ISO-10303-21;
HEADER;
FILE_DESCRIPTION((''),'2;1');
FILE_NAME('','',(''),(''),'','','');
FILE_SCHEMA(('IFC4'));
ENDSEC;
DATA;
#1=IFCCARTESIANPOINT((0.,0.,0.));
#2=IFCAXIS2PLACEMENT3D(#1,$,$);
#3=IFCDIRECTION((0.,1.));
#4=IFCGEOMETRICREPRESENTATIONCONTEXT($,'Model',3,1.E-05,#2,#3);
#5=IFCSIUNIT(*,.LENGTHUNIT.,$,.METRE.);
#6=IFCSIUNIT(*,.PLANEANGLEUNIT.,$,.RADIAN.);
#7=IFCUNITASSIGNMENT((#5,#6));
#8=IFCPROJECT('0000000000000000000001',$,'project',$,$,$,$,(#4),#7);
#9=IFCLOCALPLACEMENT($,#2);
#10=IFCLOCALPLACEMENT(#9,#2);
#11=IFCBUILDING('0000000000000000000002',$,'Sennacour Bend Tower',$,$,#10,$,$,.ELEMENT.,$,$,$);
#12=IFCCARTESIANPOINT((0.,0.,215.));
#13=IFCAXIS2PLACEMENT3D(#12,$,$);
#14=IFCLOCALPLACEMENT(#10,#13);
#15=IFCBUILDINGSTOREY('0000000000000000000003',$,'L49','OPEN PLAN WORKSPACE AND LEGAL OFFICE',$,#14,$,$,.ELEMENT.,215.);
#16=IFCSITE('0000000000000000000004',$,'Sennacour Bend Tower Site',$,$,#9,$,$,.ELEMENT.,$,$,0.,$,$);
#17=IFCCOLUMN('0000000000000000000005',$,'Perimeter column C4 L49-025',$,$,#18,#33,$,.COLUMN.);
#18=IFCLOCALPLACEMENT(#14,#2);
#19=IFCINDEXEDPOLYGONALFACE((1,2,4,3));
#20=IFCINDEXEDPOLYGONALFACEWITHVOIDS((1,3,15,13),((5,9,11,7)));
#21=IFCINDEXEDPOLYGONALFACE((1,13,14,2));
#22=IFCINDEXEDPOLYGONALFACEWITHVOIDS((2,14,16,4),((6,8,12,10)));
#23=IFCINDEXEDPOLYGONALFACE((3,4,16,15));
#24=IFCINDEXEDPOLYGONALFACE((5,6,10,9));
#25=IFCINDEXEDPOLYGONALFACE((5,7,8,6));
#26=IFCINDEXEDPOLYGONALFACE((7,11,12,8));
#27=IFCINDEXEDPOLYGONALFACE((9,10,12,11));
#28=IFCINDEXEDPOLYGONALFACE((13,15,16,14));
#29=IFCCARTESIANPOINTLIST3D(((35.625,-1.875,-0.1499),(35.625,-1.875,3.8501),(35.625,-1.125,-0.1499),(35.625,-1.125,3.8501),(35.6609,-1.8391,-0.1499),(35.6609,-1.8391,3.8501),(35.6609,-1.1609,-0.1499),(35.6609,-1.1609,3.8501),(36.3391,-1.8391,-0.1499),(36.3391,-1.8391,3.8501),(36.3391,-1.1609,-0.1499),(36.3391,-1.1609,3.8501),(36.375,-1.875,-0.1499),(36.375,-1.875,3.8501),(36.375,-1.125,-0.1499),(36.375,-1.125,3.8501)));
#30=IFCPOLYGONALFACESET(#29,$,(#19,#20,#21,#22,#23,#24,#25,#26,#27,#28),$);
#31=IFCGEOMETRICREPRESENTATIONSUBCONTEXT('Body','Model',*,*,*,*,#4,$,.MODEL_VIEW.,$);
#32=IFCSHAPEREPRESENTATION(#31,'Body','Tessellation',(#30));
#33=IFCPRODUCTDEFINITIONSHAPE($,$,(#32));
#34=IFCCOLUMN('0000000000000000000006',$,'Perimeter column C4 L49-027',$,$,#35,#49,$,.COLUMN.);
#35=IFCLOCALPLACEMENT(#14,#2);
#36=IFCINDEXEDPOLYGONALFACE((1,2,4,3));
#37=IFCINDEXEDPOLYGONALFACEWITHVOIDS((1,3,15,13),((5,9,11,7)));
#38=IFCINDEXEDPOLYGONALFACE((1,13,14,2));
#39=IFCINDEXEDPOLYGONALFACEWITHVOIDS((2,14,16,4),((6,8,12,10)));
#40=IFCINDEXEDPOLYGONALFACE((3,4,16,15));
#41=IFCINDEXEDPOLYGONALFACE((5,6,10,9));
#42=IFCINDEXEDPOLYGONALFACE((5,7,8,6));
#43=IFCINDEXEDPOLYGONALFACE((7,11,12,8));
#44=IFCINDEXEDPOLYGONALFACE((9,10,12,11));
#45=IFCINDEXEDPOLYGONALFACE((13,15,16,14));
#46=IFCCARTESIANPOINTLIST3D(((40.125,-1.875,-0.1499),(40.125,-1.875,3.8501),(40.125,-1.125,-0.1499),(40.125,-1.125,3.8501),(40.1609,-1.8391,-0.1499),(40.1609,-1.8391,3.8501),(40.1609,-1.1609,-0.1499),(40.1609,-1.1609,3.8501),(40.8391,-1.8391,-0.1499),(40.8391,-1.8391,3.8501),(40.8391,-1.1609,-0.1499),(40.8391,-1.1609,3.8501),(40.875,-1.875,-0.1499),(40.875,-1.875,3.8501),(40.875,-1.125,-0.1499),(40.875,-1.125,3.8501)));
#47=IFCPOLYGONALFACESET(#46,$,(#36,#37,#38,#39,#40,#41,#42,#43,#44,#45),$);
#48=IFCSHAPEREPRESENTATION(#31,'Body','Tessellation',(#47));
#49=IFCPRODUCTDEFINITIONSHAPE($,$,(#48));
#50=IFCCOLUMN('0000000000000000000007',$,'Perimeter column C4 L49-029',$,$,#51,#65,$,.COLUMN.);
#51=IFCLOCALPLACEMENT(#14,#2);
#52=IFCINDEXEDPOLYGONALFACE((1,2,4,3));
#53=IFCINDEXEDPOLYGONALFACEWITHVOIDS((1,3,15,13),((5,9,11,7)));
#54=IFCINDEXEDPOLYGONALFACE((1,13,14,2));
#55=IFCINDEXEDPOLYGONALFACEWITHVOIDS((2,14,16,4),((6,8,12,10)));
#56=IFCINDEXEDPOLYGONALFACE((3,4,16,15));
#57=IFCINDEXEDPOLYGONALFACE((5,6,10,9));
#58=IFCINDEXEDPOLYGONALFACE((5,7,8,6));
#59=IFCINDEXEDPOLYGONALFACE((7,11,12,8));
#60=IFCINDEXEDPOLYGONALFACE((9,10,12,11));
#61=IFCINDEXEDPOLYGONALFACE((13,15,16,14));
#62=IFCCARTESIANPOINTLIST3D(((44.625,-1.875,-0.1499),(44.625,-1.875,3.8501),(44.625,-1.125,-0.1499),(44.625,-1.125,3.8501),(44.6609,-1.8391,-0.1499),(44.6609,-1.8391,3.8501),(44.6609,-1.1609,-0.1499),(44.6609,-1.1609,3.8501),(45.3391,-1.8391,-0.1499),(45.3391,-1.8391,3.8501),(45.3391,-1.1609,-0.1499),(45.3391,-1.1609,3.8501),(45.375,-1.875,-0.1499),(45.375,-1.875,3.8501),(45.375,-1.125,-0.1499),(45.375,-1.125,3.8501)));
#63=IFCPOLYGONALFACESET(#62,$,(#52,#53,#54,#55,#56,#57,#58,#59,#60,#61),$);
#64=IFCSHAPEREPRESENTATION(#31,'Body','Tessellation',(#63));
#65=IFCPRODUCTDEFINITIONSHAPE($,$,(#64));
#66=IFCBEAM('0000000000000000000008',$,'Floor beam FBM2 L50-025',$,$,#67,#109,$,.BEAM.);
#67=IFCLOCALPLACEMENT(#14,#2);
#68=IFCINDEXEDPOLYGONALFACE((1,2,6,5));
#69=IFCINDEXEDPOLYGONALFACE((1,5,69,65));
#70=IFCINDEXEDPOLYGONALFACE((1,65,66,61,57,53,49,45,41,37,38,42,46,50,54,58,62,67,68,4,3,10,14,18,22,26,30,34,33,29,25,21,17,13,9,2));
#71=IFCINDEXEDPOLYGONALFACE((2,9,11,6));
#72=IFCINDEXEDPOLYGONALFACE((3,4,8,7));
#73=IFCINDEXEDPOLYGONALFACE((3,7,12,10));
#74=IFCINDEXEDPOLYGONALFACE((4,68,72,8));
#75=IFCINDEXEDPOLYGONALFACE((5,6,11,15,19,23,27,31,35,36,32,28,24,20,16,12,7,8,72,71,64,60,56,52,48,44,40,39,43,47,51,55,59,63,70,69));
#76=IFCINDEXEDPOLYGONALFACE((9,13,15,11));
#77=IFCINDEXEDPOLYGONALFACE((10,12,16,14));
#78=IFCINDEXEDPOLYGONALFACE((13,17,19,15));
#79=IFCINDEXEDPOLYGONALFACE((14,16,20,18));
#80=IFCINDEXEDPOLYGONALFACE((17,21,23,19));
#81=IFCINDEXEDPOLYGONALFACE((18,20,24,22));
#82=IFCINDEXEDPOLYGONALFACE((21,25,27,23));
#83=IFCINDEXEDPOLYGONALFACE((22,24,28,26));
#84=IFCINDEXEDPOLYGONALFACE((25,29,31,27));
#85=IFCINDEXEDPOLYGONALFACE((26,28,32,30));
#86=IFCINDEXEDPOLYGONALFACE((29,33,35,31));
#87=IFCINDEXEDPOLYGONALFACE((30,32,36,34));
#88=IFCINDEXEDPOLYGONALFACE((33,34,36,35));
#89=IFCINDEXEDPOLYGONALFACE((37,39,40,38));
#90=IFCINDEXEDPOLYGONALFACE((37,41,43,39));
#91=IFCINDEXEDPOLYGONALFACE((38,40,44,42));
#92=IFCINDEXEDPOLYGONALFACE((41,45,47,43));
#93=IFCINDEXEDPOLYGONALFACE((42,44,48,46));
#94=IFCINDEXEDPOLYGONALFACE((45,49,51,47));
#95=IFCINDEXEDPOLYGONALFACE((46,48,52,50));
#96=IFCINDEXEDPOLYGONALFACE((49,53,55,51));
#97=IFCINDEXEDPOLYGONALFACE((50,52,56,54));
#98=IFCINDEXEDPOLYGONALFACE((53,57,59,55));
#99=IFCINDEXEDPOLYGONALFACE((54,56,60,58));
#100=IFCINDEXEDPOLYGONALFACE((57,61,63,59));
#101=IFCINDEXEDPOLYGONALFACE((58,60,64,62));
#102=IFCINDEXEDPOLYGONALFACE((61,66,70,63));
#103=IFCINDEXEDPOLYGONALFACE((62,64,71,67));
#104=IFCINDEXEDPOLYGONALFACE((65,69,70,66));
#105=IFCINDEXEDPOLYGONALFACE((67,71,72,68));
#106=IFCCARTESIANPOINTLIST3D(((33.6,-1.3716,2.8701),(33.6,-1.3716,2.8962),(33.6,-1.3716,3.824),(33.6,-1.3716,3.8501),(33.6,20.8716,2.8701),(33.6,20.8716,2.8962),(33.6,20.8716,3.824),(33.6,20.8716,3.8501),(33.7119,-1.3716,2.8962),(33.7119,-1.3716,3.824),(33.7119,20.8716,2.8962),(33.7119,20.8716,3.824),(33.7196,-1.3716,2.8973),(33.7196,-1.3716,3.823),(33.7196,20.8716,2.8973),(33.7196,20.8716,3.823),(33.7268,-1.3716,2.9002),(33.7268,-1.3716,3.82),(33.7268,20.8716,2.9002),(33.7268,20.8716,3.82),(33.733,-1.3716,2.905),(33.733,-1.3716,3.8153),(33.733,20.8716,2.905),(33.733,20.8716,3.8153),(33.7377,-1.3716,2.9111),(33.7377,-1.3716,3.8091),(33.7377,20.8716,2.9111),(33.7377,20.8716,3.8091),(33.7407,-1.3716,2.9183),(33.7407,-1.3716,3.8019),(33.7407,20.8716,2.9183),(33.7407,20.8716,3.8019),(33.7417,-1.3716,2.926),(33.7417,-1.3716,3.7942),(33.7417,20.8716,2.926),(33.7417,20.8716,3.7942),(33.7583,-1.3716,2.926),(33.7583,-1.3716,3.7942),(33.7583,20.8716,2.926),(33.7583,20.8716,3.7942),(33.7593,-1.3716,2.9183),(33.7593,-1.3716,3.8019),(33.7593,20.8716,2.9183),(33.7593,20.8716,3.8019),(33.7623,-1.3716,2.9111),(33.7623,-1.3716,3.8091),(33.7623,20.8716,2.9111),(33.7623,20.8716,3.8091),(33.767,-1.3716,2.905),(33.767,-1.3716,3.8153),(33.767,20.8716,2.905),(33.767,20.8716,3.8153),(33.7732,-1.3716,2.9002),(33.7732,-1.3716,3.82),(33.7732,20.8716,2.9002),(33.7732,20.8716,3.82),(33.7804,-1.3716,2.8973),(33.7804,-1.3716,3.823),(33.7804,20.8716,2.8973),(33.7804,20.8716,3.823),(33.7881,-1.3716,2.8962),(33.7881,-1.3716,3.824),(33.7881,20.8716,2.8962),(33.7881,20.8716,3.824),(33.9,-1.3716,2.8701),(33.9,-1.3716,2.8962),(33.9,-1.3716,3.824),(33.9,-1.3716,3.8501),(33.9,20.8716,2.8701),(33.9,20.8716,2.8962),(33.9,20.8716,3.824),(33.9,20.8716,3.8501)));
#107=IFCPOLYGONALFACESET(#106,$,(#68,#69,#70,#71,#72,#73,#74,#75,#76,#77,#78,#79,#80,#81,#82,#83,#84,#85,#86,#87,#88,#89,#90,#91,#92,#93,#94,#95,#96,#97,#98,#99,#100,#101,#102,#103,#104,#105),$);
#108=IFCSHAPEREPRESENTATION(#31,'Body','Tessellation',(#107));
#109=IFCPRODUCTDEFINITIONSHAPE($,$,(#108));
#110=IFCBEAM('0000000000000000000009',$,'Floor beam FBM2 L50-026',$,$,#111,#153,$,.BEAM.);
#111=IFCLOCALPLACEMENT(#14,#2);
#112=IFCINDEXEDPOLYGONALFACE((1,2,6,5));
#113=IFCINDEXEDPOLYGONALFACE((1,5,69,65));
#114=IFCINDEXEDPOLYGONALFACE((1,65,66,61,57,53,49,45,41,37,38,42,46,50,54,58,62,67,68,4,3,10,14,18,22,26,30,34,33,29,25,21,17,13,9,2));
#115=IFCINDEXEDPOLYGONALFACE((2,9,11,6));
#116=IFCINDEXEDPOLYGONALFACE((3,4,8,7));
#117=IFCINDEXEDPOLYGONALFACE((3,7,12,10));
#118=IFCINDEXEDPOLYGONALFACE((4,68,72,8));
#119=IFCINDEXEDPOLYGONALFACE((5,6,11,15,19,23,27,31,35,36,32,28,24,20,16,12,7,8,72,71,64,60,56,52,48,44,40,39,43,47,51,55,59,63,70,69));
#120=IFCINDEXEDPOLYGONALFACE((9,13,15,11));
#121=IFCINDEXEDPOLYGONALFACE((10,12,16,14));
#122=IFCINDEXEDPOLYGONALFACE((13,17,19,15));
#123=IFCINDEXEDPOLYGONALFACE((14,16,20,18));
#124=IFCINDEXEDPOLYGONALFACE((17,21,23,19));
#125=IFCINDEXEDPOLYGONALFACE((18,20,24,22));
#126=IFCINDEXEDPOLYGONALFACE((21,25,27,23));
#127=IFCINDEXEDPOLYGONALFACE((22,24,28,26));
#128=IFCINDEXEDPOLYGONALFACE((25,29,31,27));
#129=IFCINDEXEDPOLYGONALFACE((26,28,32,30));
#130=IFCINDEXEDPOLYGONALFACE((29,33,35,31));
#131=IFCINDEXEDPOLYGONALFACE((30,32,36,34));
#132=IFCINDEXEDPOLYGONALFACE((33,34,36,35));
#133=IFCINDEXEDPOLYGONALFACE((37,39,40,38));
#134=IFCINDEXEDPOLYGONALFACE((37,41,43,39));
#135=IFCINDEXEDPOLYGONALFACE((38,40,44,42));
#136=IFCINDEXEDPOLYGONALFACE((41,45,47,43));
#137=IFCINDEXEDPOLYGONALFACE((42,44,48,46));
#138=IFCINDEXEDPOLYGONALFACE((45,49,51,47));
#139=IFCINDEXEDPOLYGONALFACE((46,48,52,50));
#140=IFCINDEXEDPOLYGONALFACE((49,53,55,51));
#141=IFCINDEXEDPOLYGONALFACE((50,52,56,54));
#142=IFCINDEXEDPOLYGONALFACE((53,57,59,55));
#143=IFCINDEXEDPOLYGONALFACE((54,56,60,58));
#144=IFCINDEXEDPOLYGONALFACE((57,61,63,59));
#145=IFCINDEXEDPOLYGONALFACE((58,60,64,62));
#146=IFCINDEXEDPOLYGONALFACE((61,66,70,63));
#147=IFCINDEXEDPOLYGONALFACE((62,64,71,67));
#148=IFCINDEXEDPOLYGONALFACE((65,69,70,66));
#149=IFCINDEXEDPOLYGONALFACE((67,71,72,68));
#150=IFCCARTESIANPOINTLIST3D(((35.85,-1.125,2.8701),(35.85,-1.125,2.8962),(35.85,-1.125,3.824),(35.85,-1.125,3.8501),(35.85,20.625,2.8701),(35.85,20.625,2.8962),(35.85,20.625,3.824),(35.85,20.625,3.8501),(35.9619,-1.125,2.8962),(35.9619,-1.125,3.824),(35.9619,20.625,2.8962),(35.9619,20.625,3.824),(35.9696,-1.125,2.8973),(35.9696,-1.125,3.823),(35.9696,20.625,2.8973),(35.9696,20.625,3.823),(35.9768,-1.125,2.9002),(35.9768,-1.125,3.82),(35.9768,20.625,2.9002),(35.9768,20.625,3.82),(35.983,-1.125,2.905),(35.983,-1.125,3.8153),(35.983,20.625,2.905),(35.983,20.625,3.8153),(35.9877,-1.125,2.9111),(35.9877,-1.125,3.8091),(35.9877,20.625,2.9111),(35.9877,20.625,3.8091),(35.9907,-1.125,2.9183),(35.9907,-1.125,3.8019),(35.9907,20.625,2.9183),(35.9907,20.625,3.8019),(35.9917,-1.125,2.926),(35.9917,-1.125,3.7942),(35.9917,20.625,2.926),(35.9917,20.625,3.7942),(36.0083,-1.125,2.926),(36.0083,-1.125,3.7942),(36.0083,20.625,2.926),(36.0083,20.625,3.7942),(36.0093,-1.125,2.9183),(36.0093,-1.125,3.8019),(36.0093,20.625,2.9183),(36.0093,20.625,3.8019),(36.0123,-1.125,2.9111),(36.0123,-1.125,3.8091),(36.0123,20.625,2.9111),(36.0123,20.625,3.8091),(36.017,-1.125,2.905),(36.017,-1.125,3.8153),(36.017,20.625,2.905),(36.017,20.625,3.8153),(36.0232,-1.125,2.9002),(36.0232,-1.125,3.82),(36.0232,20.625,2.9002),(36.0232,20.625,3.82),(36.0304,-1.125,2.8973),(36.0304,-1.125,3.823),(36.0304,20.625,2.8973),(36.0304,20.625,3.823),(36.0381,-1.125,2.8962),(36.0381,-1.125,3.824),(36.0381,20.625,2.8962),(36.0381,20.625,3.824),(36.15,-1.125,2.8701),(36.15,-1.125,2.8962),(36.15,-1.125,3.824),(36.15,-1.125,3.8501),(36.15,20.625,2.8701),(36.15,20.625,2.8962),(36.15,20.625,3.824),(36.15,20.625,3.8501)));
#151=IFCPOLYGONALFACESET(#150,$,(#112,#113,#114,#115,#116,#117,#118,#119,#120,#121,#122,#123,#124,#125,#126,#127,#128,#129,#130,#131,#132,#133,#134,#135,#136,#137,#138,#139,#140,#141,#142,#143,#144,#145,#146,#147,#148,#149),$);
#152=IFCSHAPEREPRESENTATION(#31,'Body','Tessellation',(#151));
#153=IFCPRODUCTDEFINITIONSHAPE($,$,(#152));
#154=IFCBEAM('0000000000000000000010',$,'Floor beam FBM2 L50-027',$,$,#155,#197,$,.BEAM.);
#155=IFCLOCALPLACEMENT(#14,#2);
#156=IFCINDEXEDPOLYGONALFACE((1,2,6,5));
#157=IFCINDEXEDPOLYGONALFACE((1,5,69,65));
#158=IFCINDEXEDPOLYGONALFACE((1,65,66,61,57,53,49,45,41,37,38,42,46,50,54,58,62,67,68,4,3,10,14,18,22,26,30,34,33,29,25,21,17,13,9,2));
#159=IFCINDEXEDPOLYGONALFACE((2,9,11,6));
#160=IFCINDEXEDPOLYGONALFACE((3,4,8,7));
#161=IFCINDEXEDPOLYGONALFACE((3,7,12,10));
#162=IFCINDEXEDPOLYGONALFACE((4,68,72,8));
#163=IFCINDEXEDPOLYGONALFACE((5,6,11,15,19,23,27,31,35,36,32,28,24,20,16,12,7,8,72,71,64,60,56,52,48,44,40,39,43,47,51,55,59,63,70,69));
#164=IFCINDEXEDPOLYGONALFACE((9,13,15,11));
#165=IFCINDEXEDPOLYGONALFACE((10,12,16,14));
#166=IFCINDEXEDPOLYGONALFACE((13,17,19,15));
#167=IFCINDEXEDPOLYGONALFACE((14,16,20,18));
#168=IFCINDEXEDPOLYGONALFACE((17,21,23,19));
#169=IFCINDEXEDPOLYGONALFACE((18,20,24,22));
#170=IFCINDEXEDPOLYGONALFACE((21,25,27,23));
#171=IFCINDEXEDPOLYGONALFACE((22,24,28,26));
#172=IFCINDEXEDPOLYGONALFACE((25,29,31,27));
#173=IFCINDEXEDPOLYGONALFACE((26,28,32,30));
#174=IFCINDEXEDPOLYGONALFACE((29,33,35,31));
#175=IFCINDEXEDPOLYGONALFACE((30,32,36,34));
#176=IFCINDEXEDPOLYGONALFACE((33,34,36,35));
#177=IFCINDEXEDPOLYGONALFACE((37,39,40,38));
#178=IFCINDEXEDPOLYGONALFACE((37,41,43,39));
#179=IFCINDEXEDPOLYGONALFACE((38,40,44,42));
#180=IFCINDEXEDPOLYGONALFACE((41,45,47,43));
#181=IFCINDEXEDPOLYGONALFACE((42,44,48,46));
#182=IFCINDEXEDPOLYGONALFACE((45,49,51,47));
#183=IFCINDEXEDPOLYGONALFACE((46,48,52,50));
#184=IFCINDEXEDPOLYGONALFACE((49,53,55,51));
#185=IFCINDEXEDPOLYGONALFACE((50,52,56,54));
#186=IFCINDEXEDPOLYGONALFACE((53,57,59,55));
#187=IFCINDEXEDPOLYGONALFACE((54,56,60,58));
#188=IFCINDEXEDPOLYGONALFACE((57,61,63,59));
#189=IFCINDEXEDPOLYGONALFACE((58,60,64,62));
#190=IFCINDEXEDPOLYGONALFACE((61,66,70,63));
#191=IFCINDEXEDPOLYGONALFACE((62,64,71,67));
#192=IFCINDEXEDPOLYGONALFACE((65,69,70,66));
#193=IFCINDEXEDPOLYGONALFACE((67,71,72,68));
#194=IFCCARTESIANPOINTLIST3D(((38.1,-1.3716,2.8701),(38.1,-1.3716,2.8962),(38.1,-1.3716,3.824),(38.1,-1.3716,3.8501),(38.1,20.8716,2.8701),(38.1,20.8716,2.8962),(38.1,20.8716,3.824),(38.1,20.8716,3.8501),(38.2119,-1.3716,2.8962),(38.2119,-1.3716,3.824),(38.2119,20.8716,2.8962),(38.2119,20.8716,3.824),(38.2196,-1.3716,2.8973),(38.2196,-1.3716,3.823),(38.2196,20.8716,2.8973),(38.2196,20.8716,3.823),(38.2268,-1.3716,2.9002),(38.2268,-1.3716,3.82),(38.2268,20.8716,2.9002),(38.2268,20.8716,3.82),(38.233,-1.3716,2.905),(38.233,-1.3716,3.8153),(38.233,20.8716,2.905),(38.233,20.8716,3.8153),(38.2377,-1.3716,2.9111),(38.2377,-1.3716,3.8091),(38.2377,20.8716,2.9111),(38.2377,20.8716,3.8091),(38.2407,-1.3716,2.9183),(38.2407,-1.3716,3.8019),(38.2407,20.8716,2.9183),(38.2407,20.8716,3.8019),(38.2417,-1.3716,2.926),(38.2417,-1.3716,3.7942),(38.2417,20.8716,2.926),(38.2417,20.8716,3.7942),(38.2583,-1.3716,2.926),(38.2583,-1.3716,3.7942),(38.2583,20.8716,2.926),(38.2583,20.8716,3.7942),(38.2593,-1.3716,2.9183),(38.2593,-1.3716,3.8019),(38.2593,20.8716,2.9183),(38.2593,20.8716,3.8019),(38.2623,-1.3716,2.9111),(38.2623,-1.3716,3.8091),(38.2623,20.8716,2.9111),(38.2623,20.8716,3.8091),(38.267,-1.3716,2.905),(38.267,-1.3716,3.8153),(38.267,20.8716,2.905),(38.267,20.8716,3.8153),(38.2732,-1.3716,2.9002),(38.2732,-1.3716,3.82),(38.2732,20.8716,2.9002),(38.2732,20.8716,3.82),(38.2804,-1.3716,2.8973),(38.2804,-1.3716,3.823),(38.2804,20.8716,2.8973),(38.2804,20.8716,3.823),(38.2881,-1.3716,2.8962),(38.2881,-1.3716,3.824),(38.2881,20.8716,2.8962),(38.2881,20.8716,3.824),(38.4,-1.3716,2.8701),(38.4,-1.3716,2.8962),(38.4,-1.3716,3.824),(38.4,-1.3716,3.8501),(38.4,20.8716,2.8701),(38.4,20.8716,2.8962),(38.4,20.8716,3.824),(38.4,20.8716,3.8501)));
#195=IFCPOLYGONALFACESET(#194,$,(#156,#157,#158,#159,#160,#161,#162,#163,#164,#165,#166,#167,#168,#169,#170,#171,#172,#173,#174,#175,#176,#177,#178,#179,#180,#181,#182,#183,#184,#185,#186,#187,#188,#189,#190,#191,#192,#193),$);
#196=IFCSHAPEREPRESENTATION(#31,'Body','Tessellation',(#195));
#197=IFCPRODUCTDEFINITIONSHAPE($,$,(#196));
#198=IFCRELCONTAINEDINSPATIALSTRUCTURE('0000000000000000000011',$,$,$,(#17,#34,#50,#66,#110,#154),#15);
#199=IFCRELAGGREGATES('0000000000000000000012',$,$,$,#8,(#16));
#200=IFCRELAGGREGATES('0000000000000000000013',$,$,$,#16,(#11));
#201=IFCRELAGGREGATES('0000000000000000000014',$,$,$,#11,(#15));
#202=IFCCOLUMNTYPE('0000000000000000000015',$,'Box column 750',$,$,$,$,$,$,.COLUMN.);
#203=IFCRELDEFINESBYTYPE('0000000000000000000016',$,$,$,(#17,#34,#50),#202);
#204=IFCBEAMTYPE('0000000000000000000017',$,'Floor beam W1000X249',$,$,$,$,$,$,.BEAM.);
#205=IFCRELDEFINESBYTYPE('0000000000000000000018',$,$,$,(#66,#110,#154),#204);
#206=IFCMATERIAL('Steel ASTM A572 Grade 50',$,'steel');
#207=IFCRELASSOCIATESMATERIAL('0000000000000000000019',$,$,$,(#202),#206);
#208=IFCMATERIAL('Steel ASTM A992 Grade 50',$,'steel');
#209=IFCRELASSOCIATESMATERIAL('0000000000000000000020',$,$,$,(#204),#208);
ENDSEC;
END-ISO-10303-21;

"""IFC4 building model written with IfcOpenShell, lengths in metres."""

from ifc_helpers import new_model, si_unit, direction, frame, origin, origin_2d, place, context, subcontext, project, spatial, hollow_rectangle, i_section, extrude, material, material_profile, profile_set, type_object, element, save


model = new_model("IFC4")

# Units and contexts
model_context = context("Model", 3, precision=1e-05, world=origin(), true_north=direction((0.0, 1.0)))
body_context = subcontext(model_context, "Body", "Model", "MODEL_VIEW")
ifc_project = project(units=[si_unit("LENGTHUNIT", "METRE"), si_unit("PLANEANGLEUNIT", "RADIAN")], contexts=[model_context])

# Site, building, storey
site_placement = place(None, origin())
site = spatial("IfcSite", under=ifc_project, at=site_placement, Name="Sennacour Bend Tower Site", CompositionType="ELEMENT", RefElevation=0.0)
building_placement = place(site_placement, origin())
building = spatial("IfcBuilding", under=site, at=building_placement, Name="Sennacour Bend Tower", CompositionType="ELEMENT")
storey_placement = place(building_placement, frame((0.0, 0.0, 215.0)))
storey = spatial("IfcBuildingStorey", under=building, at=storey_placement, Name="L49", Description="OPEN PLAN WORKSPACE AND LEGAL OFFICE", CompositionType="ELEMENT", Elevation=215.0)

# Columns
ifc_material_1 = material(Name="Steel ASTM A572 Grade 50", Category="steel")
ifc_material_profile_1 = material_profile(ifc_material_1, hollow_rectangle(XDim=0.75, YDim=0.75, WallThickness=0.0359, at=origin_2d()), Name="Steel ASTM A572 Grade 50", Category="steel")
ifc_profile_set_1 = profile_set([ifc_material_profile_1], Name="Steel ASTM A572 Grade 50")
column_type = type_object("IfcColumnType", Name="Box column 750", PredefinedType="COLUMN", material=ifc_profile_set_1)
for number, where, z_axis, x_axis, name in (
    (1, (36.0, -1.5, -0.1499), (0.0, 0.0, 1.0), (1.0, 0.0, 0.0), "Perimeter column C4 L49-025"),
    (2, (40.5, -1.5, -0.1499), (0.0, 0.0, 1.0), (1.0, 0.0, 0.0), "Perimeter column C4 L49-027"),
    (3, (45.0, -1.5, -0.1499), (0.0, 0.0, 1.0), (1.0, 0.0, 0.0), "Perimeter column C4 L49-029"),
):
    element("IfcColumn", number, at=place(storey_placement, frame(where, z_axis=z_axis, x_axis=x_axis)), inside=storey, type_object=column_type, Name=name, PredefinedType="COLUMN", context=body_context, shape_type="SweptSolid", body=[
        extrude(hollow_rectangle(XDim=0.75, YDim=0.75, WallThickness=0.0359, at=origin_2d()), origin(), (0.0, 0.0, 1.0), 4.0),
    ])

# Beams
ifc_material_2 = material(Name="Steel ASTM A992 Grade 50", Category="steel")
ifc_material_profile_2 = material_profile(ifc_material_2, i_section(OverallWidth=0.3, OverallDepth=0.98, WebThickness=0.0166, FlangeThickness=0.0261, FilletRadius=0.0298, at=origin_2d()), Name="Steel ASTM A992 Grade 50", Category="steel")
ifc_profile_set_2 = profile_set([ifc_material_profile_2], Name="Steel ASTM A992 Grade 50")
beam_type_1 = type_object("IfcBeamType", Name="Floor beam W1000X249", PredefinedType="BEAM", material=ifc_profile_set_2)
beam_1_placement = place(storey_placement, frame((33.75, -1.3716, 3.3601), z_axis=(0.0, 1.0, 0.0), x_axis=(-1.0, 0.0, 0.0)))
element("IfcBeam", 4, at=beam_1_placement, inside=storey, type_object=beam_type_1, Name="Floor beam FBM2 L50-025", PredefinedType="BEAM", context=body_context, shape_type="SweptSolid", body=[
    extrude(i_section(OverallWidth=0.3, OverallDepth=0.98, WebThickness=0.0166, FlangeThickness=0.0261, FilletRadius=0.0298, at=origin_2d()), origin(), (0.0, 0.0, 1.0), 22.2432),
])
beam_2_placement = place(storey_placement, frame((36.0, -1.125, 3.3601), z_axis=(0.0, 1.0, 0.0), x_axis=(-1.0, 0.0, 0.0)))
element("IfcBeam", 5, at=beam_2_placement, inside=storey, type_object=beam_type_1, Name="Floor beam FBM2 L50-026", PredefinedType="BEAM", context=body_context, shape_type="SweptSolid", body=[
    extrude(i_section(OverallWidth=0.3, OverallDepth=0.98, WebThickness=0.0166, FlangeThickness=0.0261, FilletRadius=0.0298, at=origin_2d()), origin(), (0.0, 0.0, 1.0), 21.75),
])
beam_3_placement = place(storey_placement, frame((38.25, -1.3716, 3.3601), z_axis=(0.0, 1.0, 0.0), x_axis=(-1.0, 0.0, 0.0)))
element("IfcBeam", 6, at=beam_3_placement, inside=storey, type_object=beam_type_1, Name="Floor beam FBM2 L50-027", PredefinedType="BEAM", context=body_context, shape_type="SweptSolid", body=[
    extrude(i_section(OverallWidth=0.3, OverallDepth=0.98, WebThickness=0.0166, FlangeThickness=0.0261, FilletRadius=0.0298, at=origin_2d()), origin(), (0.0, 0.0, 1.0), 22.2432),
])

save(model, "model.ifc")
